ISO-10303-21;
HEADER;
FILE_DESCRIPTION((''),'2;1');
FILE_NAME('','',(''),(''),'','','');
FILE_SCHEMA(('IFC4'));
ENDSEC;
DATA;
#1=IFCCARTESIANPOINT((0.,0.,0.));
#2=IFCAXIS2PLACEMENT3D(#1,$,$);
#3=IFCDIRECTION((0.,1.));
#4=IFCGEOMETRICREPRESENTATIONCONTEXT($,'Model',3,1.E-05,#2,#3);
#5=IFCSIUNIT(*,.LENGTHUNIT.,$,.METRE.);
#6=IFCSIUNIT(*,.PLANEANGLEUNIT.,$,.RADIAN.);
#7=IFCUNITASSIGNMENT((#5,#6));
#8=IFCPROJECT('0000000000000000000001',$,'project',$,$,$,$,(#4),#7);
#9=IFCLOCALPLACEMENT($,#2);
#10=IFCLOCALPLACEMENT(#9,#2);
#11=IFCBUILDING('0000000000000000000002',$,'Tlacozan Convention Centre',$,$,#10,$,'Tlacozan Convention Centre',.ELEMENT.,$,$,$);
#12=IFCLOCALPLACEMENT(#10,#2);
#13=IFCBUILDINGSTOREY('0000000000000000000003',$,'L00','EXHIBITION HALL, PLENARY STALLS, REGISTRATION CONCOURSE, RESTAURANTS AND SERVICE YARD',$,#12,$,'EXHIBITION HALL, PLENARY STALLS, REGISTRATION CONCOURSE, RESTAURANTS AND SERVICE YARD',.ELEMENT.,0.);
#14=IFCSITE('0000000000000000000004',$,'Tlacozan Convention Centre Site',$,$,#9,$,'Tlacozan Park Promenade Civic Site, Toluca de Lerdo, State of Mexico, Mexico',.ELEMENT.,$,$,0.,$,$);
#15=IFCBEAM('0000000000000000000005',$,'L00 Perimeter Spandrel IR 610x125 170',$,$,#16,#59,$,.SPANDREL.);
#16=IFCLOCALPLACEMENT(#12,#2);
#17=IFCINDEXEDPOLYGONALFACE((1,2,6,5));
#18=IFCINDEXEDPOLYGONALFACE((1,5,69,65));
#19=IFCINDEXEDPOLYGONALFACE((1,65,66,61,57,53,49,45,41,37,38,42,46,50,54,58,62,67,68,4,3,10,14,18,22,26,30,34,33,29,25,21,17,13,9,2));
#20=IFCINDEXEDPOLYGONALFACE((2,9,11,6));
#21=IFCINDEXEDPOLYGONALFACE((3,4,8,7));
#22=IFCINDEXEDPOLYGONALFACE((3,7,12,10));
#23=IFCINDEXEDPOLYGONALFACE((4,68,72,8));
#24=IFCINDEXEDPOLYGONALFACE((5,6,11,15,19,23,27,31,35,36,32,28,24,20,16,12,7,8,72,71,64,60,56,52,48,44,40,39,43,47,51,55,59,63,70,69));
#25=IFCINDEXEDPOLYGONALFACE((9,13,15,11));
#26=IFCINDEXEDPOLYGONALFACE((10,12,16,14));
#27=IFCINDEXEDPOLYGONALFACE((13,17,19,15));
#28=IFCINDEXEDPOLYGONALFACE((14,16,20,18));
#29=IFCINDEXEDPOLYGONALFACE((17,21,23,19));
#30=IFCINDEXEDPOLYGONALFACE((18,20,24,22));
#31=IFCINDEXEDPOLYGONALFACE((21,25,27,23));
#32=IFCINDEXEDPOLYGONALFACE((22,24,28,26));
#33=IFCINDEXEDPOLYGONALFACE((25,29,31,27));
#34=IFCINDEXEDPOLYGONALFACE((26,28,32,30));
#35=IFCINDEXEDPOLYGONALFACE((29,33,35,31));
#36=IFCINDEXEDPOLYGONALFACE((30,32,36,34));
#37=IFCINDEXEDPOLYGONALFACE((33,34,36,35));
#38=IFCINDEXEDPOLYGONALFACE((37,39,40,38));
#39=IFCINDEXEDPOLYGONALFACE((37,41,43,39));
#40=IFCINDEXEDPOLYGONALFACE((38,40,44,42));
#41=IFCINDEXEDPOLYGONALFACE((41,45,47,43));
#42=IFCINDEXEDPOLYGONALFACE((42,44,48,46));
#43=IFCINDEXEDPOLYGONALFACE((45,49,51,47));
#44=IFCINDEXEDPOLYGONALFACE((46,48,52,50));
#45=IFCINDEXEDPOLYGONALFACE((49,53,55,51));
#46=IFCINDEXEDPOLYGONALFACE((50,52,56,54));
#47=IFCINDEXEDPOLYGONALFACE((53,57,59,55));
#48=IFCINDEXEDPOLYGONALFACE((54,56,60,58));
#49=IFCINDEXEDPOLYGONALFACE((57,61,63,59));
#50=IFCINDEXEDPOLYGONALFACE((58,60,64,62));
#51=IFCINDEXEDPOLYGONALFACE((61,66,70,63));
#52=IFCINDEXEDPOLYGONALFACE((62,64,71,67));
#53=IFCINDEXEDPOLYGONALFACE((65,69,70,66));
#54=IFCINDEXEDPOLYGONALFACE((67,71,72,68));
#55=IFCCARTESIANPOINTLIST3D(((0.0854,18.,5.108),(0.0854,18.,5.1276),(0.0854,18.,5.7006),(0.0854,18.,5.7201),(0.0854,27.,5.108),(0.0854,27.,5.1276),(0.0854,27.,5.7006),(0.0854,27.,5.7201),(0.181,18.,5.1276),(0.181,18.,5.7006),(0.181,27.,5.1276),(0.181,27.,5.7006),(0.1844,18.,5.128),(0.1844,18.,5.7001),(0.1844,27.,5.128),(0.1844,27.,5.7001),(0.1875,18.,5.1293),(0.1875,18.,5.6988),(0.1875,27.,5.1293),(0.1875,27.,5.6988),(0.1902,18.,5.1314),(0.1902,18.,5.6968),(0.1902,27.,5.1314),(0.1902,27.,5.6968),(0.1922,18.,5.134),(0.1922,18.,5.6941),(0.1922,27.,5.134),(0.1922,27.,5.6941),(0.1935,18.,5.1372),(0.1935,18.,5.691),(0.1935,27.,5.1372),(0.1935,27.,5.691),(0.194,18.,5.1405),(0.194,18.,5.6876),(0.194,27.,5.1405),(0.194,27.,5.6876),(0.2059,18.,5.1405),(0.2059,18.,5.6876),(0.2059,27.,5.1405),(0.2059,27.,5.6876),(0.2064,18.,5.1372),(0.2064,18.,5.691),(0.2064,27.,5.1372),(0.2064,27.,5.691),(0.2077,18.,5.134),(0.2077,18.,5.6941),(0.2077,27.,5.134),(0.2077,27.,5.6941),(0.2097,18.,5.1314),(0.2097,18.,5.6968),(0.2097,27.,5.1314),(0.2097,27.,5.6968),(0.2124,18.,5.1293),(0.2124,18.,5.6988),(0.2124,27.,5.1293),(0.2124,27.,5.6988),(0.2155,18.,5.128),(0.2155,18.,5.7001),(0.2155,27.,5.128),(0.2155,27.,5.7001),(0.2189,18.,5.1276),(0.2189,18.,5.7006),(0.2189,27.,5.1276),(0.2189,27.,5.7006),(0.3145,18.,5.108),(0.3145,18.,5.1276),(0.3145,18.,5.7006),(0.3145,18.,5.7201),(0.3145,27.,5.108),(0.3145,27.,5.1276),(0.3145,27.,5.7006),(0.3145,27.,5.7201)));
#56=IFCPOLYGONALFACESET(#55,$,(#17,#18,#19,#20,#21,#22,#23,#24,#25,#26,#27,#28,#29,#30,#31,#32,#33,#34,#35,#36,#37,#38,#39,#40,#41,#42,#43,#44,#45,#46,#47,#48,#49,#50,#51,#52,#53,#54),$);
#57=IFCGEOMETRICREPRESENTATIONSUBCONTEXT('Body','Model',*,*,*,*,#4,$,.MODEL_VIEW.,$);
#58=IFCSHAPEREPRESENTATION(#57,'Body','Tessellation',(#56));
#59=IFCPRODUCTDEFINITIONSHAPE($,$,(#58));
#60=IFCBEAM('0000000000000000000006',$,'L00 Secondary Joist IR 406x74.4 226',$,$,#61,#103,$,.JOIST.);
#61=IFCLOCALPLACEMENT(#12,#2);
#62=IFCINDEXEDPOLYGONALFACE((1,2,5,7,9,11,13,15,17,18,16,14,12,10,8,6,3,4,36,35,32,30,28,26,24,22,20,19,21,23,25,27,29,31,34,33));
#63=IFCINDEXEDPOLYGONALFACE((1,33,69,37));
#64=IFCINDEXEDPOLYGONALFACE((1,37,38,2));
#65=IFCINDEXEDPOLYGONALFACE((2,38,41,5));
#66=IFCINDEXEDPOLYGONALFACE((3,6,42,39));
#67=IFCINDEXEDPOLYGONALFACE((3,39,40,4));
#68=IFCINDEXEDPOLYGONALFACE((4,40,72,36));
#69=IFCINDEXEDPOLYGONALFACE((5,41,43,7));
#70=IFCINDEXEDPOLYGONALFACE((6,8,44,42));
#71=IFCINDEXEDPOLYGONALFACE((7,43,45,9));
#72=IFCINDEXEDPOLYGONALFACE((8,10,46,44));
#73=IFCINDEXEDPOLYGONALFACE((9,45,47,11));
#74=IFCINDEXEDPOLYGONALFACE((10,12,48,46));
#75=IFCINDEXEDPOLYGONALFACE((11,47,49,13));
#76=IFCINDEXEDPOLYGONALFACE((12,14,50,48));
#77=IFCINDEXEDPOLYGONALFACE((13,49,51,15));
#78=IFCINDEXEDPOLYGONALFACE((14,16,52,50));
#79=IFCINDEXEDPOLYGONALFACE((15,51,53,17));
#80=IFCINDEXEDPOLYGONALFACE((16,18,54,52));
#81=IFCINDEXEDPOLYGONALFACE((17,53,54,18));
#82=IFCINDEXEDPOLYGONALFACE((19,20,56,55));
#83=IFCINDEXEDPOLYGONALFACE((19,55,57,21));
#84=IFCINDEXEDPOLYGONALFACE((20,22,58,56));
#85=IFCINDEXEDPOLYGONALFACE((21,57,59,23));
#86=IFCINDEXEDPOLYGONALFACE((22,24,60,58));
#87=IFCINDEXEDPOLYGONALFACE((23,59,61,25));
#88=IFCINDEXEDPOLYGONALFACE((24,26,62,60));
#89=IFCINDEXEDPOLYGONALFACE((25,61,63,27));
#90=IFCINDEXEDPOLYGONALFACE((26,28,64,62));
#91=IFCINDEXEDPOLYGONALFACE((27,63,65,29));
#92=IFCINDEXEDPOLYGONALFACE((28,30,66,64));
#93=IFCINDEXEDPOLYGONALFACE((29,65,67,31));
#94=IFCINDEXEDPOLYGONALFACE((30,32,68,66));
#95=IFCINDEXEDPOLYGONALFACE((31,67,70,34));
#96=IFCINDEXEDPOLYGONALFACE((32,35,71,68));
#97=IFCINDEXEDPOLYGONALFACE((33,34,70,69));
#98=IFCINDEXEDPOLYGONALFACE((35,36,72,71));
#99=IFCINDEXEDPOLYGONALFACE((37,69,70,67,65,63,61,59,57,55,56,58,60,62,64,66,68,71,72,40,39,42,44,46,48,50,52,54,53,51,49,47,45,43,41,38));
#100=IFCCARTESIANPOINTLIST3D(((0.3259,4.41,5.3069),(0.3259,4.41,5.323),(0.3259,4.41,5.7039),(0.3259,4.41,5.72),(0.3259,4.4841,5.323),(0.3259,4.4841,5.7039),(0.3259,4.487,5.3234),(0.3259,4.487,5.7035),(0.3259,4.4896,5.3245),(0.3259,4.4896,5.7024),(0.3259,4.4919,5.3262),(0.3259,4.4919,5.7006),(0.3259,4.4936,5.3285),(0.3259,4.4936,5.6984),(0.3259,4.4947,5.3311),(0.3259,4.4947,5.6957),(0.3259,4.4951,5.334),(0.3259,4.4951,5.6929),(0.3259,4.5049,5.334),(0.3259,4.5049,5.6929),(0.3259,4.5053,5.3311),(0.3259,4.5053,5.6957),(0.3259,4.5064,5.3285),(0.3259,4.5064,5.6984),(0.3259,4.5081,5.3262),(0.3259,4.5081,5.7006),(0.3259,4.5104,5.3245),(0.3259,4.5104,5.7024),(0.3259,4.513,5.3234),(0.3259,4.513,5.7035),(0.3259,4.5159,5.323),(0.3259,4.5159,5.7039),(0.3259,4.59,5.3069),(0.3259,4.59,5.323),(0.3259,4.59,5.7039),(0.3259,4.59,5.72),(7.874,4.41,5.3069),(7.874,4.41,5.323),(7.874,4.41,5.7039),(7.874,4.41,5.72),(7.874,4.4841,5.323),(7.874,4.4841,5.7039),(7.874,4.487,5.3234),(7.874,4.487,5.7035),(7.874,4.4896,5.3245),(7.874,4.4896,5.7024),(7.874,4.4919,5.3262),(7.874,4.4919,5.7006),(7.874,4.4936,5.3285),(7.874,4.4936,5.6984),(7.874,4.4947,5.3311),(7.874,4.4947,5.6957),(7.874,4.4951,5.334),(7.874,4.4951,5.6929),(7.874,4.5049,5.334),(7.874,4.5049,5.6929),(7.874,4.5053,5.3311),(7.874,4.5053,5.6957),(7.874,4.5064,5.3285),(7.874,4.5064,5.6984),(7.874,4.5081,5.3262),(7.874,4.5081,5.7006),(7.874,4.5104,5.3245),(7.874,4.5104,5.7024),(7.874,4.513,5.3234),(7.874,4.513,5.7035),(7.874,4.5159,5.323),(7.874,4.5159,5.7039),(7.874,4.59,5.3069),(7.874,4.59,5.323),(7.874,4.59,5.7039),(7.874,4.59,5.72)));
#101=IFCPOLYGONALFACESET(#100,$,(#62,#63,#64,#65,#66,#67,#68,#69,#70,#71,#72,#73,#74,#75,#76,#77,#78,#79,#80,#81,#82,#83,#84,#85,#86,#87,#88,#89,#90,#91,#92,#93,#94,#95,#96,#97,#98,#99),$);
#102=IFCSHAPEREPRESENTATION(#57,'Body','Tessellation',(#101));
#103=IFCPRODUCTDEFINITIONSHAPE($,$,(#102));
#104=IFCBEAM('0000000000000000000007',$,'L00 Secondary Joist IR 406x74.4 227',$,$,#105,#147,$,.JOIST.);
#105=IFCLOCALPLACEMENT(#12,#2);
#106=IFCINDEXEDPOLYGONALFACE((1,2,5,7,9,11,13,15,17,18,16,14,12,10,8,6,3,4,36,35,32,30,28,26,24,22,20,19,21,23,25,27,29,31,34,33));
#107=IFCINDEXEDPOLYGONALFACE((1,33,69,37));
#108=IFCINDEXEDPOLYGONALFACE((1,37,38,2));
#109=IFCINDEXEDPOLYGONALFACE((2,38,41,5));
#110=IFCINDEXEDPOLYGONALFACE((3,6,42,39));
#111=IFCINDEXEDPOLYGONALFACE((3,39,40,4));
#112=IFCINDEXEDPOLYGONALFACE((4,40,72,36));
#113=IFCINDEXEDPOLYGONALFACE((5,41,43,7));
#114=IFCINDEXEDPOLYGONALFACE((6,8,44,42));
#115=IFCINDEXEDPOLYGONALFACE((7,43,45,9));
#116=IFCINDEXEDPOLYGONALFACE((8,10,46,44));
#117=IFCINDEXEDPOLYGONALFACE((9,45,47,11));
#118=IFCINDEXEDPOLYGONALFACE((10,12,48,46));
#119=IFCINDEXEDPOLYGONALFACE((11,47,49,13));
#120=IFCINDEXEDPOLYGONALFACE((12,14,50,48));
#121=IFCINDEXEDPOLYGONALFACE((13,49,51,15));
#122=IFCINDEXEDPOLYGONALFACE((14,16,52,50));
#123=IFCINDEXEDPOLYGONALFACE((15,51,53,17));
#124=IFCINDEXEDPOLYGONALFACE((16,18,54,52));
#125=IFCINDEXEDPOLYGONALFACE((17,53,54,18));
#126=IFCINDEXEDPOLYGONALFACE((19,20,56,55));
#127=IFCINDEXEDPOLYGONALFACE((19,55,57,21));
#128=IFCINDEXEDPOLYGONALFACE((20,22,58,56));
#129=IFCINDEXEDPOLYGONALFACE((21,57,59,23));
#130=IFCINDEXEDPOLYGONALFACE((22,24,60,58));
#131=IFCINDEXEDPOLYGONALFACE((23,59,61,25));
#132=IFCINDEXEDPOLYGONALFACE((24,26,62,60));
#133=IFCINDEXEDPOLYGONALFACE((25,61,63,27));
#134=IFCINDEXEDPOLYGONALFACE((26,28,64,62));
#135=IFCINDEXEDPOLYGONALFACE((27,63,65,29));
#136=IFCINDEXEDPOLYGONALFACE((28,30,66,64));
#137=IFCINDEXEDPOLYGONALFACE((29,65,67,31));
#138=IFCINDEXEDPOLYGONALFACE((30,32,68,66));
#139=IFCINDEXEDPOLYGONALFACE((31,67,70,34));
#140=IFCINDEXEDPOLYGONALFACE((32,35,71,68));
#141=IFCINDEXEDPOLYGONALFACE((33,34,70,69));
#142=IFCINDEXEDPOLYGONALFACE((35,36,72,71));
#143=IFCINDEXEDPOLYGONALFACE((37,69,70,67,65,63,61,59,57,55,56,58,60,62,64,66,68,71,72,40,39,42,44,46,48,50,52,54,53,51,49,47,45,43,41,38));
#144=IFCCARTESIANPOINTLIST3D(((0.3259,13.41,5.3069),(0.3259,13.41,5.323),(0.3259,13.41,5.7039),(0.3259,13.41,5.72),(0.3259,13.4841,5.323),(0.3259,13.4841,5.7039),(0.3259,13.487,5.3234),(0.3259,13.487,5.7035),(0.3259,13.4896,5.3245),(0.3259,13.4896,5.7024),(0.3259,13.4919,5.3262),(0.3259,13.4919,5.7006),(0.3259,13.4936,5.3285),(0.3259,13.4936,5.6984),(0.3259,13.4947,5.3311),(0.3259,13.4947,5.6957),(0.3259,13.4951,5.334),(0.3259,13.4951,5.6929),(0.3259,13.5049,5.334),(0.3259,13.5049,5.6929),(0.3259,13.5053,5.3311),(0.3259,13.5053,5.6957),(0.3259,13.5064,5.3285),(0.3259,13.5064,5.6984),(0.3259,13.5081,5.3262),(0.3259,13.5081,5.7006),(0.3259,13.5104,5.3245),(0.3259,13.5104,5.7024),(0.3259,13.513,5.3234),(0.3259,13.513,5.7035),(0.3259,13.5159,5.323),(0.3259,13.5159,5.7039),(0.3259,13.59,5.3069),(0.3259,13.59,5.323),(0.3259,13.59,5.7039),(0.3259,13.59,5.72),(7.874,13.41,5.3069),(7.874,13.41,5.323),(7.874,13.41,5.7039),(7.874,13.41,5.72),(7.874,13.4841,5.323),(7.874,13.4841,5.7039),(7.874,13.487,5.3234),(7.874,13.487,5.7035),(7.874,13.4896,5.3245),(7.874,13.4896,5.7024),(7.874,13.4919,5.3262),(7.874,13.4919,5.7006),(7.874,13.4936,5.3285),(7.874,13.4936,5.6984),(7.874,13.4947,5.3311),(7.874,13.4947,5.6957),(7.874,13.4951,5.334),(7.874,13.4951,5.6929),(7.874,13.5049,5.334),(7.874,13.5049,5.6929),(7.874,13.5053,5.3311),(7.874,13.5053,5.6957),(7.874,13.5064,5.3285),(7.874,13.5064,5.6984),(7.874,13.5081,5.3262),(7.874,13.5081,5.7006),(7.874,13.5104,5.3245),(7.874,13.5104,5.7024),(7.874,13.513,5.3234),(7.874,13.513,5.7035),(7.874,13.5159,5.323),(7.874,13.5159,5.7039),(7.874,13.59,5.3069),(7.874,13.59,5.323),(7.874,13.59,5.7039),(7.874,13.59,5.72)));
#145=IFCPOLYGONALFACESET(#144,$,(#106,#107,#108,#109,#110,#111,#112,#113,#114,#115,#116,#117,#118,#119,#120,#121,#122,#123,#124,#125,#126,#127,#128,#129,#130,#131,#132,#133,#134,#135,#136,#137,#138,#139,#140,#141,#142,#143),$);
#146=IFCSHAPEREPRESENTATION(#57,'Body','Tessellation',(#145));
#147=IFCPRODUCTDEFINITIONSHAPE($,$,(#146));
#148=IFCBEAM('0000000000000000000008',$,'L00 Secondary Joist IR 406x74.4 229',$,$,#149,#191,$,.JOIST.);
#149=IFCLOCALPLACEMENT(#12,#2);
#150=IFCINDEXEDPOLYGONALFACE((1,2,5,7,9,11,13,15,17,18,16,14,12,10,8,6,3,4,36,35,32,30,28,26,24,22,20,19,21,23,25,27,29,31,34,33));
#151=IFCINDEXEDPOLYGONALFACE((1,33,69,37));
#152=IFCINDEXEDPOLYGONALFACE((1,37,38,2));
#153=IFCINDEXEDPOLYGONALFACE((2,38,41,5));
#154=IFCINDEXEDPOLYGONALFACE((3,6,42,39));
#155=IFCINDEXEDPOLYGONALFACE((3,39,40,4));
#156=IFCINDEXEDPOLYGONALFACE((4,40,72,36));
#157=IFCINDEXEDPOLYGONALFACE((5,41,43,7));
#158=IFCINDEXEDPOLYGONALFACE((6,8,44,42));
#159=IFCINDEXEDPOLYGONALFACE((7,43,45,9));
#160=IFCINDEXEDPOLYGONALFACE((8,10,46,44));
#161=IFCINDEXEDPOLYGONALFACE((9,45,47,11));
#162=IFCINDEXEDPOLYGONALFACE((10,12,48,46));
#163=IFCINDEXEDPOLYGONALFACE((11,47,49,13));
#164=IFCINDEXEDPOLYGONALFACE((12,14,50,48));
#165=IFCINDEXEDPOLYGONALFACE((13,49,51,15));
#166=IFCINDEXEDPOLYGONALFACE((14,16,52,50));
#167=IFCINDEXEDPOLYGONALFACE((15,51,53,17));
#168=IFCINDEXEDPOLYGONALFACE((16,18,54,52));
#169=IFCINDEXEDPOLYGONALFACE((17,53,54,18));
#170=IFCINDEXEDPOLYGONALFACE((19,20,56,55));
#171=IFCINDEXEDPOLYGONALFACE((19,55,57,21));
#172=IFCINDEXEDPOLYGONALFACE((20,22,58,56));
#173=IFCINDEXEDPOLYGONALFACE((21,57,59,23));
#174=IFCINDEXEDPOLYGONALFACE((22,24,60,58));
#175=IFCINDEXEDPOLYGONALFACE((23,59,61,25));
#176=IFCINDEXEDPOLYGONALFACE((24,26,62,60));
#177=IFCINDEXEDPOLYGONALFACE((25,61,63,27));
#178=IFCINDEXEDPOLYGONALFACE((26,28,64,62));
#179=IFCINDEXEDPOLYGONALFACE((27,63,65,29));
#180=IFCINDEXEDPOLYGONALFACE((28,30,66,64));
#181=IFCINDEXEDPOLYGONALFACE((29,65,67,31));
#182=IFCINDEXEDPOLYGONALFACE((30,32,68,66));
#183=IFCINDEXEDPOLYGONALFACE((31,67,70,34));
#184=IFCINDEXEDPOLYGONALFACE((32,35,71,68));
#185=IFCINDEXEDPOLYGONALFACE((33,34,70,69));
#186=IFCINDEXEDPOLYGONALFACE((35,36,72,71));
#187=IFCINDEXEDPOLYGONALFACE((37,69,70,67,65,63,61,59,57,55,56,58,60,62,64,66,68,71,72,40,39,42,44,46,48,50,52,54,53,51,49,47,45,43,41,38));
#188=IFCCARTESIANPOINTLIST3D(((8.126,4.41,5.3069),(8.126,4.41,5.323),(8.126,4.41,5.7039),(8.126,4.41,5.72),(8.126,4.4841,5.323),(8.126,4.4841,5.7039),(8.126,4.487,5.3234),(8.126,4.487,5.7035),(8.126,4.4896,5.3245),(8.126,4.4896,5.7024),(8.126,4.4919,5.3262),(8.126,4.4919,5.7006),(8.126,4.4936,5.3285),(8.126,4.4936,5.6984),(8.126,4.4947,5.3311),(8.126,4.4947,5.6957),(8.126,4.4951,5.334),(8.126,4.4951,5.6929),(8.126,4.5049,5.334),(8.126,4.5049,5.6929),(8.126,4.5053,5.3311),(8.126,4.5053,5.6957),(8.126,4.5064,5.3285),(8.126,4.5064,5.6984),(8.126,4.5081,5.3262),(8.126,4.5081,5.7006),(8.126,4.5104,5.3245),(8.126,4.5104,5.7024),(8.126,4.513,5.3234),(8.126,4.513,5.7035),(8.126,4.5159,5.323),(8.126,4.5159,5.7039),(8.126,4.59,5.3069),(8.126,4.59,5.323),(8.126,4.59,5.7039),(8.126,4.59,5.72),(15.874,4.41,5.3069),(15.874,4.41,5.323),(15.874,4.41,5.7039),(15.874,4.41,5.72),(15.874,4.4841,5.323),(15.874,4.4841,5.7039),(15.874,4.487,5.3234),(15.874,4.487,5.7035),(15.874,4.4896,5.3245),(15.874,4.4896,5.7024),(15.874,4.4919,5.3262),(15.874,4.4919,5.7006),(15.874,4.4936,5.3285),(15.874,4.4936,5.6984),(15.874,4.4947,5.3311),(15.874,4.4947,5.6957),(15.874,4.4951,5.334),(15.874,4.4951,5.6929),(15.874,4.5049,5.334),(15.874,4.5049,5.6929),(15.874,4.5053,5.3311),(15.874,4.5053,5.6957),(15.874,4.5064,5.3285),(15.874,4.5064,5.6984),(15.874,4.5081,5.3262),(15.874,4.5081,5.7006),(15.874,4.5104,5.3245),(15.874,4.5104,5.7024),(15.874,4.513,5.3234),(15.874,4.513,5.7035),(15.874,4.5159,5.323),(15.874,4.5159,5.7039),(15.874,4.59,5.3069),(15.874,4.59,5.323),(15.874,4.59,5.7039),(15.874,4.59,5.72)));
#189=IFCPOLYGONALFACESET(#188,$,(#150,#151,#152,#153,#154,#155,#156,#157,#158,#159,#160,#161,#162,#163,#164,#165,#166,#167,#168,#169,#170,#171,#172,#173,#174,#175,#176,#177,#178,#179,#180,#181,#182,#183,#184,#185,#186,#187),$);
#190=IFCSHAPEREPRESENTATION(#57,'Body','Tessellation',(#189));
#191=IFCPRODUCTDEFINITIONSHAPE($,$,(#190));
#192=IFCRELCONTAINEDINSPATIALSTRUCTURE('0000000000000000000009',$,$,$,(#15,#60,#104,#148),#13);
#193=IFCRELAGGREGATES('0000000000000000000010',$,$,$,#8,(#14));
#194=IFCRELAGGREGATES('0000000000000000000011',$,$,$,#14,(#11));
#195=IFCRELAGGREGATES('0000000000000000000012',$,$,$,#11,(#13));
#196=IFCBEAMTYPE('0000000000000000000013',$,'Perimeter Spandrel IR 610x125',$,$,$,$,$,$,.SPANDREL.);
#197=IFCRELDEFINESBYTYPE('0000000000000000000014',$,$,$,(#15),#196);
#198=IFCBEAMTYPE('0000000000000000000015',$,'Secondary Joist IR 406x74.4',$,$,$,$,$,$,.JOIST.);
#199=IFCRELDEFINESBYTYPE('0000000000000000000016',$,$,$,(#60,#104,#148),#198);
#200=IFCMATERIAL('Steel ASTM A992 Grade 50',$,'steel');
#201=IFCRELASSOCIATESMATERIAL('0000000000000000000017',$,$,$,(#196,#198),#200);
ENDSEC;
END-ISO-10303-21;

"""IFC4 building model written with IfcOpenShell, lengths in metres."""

from ifc_helpers import new_model, si_unit, direction, frame, origin, origin_2d, place, context, subcontext, project, spatial, i_section, extrude, material, material_profile, profile_set, type_object, element, save


model = new_model("IFC4")

# Units and contexts
model_context = context("Model", 3, precision=1e-05, world=origin(), true_north=direction((0.0, 1.0)))
body_context = subcontext(model_context, "Body", "Model", "MODEL_VIEW")
ifc_project = project(units=[si_unit("LENGTHUNIT", "METRE"), si_unit("PLANEANGLEUNIT", "RADIAN")], contexts=[model_context])

# Site, building, storey
site_placement = place(None, origin())
site = spatial("IfcSite", under=ifc_project, at=site_placement, Name="Tlacozan Convention Centre Site", LongName="Tlacozan Park Promenade Civic Site, Toluca de Lerdo, State of Mexico, Mexico", CompositionType="ELEMENT", RefElevation=0.0)
building_placement = place(site_placement, origin())
building = spatial("IfcBuilding", under=site, at=building_placement, Name="Tlacozan Convention Centre", LongName="Tlacozan Convention Centre", CompositionType="ELEMENT")
storey_placement = place(building_placement, origin())
storey = spatial("IfcBuildingStorey", under=building, at=storey_placement, Name="L00", Description="EXHIBITION HALL, PLENARY STALLS, REGISTRATION CONCOURSE, RESTAURANTS AND SERVICE YARD", LongName="EXHIBITION HALL, PLENARY STALLS, REGISTRATION CONCOURSE, RESTAURANTS AND SERVICE YARD", CompositionType="ELEMENT", Elevation=0.0)

# Shared definitions
ifc_material_1 = material(Name="Steel ASTM A992 Grade 50", Category="steel")

# Beams
ifc_material_profile_1 = material_profile(ifc_material_1, i_section(OverallWidth=0.229, OverallDepth=0.6121, WebThickness=0.012, FlangeThickness=0.0195, FilletRadius=0.0129, at=origin_2d()), Name="IR 610x125.0")
ifc_profile_set_1 = profile_set([ifc_material_profile_1], Name="Steel ASTM A992 Grade 50")
beam_type_1 = type_object("IfcBeamType", Name="Perimeter Spandrel IR 610x125", PredefinedType="SPANDREL", material=ifc_profile_set_1)
for number, where, z_axis, x_axis, name in (
    (1, (0.2, 18.0, 5.4141), (0.0, 1.0, 0.0), (-1.0, 0.0, 0.0), "L00 Perimeter Spandrel IR 610x125 170"),
):
    element("IfcBeam", number, at=place(storey_placement, frame(where, z_axis=z_axis, x_axis=x_axis)), inside=storey, type_object=beam_type_1, Name=name, PredefinedType="SPANDREL", context=body_context, shape_type="SweptSolid", body=[
        extrude(i_section(OverallWidth=0.229, OverallDepth=0.6121, WebThickness=0.012, FlangeThickness=0.0195, FilletRadius=0.0129, at=origin_2d()), origin(), (0.0, 0.0, 1.0), 9.0),
    ])
ifc_material_profile_2 = material_profile(ifc_material_1, i_section(OverallWidth=0.1799, OverallDepth=0.4131, WebThickness=0.0098, FlangeThickness=0.0161, FilletRadius=0.011, at=origin_2d()), Name="IR 406x74.4")
ifc_profile_set_2 = profile_set([ifc_material_profile_2], Name="Steel ASTM A992 Grade 50")
beam_type_2 = type_object("IfcBeamType", Name="Secondary Joist IR 406x74.4", PredefinedType="JOIST", material=ifc_profile_set_2)
for number, where, z_axis, x_axis, name in (
    (2, (0.3259, 4.5, 5.5134), (1.0, 0.0, 0.0), (0.0, 1.0, 0.0), "L00 Secondary Joist IR 406x74.4 226"),
    (3, (0.3259, 13.5, 5.5134), (1.0, 0.0, 0.0), (0.0, 1.0, 0.0), "L00 Secondary Joist IR 406x74.4 227"),
):
    element("IfcBeam", number, at=place(storey_placement, frame(where, z_axis=z_axis, x_axis=x_axis)), inside=storey, type_object=beam_type_2, Name=name, PredefinedType="JOIST", context=body_context, shape_type="SweptSolid", body=[
        extrude(i_section(OverallWidth=0.1799, OverallDepth=0.4131, WebThickness=0.0098, FlangeThickness=0.0161, FilletRadius=0.011, at=origin_2d()), origin(), (0.0, 0.0, 1.0), 7.5481),
    ])
for number, where, z_axis, x_axis, name in (
    (4, (8.126, 4.5, 5.5134), (1.0, 0.0, 0.0), (0.0, 1.0, 0.0), "L00 Secondary Joist IR 406x74.4 229"),
):
    element("IfcBeam", number, at=place(storey_placement, frame(where, z_axis=z_axis, x_axis=x_axis)), inside=storey, type_object=beam_type_2, Name=name, PredefinedType="JOIST", context=body_context, shape_type="SweptSolid", body=[
        extrude(i_section(OverallWidth=0.1799, OverallDepth=0.4131, WebThickness=0.0098, FlangeThickness=0.0161, FilletRadius=0.011, at=origin_2d()), origin(), (0.0, 0.0, 1.0), 7.748),
    ])

save(model, "model.ifc")
